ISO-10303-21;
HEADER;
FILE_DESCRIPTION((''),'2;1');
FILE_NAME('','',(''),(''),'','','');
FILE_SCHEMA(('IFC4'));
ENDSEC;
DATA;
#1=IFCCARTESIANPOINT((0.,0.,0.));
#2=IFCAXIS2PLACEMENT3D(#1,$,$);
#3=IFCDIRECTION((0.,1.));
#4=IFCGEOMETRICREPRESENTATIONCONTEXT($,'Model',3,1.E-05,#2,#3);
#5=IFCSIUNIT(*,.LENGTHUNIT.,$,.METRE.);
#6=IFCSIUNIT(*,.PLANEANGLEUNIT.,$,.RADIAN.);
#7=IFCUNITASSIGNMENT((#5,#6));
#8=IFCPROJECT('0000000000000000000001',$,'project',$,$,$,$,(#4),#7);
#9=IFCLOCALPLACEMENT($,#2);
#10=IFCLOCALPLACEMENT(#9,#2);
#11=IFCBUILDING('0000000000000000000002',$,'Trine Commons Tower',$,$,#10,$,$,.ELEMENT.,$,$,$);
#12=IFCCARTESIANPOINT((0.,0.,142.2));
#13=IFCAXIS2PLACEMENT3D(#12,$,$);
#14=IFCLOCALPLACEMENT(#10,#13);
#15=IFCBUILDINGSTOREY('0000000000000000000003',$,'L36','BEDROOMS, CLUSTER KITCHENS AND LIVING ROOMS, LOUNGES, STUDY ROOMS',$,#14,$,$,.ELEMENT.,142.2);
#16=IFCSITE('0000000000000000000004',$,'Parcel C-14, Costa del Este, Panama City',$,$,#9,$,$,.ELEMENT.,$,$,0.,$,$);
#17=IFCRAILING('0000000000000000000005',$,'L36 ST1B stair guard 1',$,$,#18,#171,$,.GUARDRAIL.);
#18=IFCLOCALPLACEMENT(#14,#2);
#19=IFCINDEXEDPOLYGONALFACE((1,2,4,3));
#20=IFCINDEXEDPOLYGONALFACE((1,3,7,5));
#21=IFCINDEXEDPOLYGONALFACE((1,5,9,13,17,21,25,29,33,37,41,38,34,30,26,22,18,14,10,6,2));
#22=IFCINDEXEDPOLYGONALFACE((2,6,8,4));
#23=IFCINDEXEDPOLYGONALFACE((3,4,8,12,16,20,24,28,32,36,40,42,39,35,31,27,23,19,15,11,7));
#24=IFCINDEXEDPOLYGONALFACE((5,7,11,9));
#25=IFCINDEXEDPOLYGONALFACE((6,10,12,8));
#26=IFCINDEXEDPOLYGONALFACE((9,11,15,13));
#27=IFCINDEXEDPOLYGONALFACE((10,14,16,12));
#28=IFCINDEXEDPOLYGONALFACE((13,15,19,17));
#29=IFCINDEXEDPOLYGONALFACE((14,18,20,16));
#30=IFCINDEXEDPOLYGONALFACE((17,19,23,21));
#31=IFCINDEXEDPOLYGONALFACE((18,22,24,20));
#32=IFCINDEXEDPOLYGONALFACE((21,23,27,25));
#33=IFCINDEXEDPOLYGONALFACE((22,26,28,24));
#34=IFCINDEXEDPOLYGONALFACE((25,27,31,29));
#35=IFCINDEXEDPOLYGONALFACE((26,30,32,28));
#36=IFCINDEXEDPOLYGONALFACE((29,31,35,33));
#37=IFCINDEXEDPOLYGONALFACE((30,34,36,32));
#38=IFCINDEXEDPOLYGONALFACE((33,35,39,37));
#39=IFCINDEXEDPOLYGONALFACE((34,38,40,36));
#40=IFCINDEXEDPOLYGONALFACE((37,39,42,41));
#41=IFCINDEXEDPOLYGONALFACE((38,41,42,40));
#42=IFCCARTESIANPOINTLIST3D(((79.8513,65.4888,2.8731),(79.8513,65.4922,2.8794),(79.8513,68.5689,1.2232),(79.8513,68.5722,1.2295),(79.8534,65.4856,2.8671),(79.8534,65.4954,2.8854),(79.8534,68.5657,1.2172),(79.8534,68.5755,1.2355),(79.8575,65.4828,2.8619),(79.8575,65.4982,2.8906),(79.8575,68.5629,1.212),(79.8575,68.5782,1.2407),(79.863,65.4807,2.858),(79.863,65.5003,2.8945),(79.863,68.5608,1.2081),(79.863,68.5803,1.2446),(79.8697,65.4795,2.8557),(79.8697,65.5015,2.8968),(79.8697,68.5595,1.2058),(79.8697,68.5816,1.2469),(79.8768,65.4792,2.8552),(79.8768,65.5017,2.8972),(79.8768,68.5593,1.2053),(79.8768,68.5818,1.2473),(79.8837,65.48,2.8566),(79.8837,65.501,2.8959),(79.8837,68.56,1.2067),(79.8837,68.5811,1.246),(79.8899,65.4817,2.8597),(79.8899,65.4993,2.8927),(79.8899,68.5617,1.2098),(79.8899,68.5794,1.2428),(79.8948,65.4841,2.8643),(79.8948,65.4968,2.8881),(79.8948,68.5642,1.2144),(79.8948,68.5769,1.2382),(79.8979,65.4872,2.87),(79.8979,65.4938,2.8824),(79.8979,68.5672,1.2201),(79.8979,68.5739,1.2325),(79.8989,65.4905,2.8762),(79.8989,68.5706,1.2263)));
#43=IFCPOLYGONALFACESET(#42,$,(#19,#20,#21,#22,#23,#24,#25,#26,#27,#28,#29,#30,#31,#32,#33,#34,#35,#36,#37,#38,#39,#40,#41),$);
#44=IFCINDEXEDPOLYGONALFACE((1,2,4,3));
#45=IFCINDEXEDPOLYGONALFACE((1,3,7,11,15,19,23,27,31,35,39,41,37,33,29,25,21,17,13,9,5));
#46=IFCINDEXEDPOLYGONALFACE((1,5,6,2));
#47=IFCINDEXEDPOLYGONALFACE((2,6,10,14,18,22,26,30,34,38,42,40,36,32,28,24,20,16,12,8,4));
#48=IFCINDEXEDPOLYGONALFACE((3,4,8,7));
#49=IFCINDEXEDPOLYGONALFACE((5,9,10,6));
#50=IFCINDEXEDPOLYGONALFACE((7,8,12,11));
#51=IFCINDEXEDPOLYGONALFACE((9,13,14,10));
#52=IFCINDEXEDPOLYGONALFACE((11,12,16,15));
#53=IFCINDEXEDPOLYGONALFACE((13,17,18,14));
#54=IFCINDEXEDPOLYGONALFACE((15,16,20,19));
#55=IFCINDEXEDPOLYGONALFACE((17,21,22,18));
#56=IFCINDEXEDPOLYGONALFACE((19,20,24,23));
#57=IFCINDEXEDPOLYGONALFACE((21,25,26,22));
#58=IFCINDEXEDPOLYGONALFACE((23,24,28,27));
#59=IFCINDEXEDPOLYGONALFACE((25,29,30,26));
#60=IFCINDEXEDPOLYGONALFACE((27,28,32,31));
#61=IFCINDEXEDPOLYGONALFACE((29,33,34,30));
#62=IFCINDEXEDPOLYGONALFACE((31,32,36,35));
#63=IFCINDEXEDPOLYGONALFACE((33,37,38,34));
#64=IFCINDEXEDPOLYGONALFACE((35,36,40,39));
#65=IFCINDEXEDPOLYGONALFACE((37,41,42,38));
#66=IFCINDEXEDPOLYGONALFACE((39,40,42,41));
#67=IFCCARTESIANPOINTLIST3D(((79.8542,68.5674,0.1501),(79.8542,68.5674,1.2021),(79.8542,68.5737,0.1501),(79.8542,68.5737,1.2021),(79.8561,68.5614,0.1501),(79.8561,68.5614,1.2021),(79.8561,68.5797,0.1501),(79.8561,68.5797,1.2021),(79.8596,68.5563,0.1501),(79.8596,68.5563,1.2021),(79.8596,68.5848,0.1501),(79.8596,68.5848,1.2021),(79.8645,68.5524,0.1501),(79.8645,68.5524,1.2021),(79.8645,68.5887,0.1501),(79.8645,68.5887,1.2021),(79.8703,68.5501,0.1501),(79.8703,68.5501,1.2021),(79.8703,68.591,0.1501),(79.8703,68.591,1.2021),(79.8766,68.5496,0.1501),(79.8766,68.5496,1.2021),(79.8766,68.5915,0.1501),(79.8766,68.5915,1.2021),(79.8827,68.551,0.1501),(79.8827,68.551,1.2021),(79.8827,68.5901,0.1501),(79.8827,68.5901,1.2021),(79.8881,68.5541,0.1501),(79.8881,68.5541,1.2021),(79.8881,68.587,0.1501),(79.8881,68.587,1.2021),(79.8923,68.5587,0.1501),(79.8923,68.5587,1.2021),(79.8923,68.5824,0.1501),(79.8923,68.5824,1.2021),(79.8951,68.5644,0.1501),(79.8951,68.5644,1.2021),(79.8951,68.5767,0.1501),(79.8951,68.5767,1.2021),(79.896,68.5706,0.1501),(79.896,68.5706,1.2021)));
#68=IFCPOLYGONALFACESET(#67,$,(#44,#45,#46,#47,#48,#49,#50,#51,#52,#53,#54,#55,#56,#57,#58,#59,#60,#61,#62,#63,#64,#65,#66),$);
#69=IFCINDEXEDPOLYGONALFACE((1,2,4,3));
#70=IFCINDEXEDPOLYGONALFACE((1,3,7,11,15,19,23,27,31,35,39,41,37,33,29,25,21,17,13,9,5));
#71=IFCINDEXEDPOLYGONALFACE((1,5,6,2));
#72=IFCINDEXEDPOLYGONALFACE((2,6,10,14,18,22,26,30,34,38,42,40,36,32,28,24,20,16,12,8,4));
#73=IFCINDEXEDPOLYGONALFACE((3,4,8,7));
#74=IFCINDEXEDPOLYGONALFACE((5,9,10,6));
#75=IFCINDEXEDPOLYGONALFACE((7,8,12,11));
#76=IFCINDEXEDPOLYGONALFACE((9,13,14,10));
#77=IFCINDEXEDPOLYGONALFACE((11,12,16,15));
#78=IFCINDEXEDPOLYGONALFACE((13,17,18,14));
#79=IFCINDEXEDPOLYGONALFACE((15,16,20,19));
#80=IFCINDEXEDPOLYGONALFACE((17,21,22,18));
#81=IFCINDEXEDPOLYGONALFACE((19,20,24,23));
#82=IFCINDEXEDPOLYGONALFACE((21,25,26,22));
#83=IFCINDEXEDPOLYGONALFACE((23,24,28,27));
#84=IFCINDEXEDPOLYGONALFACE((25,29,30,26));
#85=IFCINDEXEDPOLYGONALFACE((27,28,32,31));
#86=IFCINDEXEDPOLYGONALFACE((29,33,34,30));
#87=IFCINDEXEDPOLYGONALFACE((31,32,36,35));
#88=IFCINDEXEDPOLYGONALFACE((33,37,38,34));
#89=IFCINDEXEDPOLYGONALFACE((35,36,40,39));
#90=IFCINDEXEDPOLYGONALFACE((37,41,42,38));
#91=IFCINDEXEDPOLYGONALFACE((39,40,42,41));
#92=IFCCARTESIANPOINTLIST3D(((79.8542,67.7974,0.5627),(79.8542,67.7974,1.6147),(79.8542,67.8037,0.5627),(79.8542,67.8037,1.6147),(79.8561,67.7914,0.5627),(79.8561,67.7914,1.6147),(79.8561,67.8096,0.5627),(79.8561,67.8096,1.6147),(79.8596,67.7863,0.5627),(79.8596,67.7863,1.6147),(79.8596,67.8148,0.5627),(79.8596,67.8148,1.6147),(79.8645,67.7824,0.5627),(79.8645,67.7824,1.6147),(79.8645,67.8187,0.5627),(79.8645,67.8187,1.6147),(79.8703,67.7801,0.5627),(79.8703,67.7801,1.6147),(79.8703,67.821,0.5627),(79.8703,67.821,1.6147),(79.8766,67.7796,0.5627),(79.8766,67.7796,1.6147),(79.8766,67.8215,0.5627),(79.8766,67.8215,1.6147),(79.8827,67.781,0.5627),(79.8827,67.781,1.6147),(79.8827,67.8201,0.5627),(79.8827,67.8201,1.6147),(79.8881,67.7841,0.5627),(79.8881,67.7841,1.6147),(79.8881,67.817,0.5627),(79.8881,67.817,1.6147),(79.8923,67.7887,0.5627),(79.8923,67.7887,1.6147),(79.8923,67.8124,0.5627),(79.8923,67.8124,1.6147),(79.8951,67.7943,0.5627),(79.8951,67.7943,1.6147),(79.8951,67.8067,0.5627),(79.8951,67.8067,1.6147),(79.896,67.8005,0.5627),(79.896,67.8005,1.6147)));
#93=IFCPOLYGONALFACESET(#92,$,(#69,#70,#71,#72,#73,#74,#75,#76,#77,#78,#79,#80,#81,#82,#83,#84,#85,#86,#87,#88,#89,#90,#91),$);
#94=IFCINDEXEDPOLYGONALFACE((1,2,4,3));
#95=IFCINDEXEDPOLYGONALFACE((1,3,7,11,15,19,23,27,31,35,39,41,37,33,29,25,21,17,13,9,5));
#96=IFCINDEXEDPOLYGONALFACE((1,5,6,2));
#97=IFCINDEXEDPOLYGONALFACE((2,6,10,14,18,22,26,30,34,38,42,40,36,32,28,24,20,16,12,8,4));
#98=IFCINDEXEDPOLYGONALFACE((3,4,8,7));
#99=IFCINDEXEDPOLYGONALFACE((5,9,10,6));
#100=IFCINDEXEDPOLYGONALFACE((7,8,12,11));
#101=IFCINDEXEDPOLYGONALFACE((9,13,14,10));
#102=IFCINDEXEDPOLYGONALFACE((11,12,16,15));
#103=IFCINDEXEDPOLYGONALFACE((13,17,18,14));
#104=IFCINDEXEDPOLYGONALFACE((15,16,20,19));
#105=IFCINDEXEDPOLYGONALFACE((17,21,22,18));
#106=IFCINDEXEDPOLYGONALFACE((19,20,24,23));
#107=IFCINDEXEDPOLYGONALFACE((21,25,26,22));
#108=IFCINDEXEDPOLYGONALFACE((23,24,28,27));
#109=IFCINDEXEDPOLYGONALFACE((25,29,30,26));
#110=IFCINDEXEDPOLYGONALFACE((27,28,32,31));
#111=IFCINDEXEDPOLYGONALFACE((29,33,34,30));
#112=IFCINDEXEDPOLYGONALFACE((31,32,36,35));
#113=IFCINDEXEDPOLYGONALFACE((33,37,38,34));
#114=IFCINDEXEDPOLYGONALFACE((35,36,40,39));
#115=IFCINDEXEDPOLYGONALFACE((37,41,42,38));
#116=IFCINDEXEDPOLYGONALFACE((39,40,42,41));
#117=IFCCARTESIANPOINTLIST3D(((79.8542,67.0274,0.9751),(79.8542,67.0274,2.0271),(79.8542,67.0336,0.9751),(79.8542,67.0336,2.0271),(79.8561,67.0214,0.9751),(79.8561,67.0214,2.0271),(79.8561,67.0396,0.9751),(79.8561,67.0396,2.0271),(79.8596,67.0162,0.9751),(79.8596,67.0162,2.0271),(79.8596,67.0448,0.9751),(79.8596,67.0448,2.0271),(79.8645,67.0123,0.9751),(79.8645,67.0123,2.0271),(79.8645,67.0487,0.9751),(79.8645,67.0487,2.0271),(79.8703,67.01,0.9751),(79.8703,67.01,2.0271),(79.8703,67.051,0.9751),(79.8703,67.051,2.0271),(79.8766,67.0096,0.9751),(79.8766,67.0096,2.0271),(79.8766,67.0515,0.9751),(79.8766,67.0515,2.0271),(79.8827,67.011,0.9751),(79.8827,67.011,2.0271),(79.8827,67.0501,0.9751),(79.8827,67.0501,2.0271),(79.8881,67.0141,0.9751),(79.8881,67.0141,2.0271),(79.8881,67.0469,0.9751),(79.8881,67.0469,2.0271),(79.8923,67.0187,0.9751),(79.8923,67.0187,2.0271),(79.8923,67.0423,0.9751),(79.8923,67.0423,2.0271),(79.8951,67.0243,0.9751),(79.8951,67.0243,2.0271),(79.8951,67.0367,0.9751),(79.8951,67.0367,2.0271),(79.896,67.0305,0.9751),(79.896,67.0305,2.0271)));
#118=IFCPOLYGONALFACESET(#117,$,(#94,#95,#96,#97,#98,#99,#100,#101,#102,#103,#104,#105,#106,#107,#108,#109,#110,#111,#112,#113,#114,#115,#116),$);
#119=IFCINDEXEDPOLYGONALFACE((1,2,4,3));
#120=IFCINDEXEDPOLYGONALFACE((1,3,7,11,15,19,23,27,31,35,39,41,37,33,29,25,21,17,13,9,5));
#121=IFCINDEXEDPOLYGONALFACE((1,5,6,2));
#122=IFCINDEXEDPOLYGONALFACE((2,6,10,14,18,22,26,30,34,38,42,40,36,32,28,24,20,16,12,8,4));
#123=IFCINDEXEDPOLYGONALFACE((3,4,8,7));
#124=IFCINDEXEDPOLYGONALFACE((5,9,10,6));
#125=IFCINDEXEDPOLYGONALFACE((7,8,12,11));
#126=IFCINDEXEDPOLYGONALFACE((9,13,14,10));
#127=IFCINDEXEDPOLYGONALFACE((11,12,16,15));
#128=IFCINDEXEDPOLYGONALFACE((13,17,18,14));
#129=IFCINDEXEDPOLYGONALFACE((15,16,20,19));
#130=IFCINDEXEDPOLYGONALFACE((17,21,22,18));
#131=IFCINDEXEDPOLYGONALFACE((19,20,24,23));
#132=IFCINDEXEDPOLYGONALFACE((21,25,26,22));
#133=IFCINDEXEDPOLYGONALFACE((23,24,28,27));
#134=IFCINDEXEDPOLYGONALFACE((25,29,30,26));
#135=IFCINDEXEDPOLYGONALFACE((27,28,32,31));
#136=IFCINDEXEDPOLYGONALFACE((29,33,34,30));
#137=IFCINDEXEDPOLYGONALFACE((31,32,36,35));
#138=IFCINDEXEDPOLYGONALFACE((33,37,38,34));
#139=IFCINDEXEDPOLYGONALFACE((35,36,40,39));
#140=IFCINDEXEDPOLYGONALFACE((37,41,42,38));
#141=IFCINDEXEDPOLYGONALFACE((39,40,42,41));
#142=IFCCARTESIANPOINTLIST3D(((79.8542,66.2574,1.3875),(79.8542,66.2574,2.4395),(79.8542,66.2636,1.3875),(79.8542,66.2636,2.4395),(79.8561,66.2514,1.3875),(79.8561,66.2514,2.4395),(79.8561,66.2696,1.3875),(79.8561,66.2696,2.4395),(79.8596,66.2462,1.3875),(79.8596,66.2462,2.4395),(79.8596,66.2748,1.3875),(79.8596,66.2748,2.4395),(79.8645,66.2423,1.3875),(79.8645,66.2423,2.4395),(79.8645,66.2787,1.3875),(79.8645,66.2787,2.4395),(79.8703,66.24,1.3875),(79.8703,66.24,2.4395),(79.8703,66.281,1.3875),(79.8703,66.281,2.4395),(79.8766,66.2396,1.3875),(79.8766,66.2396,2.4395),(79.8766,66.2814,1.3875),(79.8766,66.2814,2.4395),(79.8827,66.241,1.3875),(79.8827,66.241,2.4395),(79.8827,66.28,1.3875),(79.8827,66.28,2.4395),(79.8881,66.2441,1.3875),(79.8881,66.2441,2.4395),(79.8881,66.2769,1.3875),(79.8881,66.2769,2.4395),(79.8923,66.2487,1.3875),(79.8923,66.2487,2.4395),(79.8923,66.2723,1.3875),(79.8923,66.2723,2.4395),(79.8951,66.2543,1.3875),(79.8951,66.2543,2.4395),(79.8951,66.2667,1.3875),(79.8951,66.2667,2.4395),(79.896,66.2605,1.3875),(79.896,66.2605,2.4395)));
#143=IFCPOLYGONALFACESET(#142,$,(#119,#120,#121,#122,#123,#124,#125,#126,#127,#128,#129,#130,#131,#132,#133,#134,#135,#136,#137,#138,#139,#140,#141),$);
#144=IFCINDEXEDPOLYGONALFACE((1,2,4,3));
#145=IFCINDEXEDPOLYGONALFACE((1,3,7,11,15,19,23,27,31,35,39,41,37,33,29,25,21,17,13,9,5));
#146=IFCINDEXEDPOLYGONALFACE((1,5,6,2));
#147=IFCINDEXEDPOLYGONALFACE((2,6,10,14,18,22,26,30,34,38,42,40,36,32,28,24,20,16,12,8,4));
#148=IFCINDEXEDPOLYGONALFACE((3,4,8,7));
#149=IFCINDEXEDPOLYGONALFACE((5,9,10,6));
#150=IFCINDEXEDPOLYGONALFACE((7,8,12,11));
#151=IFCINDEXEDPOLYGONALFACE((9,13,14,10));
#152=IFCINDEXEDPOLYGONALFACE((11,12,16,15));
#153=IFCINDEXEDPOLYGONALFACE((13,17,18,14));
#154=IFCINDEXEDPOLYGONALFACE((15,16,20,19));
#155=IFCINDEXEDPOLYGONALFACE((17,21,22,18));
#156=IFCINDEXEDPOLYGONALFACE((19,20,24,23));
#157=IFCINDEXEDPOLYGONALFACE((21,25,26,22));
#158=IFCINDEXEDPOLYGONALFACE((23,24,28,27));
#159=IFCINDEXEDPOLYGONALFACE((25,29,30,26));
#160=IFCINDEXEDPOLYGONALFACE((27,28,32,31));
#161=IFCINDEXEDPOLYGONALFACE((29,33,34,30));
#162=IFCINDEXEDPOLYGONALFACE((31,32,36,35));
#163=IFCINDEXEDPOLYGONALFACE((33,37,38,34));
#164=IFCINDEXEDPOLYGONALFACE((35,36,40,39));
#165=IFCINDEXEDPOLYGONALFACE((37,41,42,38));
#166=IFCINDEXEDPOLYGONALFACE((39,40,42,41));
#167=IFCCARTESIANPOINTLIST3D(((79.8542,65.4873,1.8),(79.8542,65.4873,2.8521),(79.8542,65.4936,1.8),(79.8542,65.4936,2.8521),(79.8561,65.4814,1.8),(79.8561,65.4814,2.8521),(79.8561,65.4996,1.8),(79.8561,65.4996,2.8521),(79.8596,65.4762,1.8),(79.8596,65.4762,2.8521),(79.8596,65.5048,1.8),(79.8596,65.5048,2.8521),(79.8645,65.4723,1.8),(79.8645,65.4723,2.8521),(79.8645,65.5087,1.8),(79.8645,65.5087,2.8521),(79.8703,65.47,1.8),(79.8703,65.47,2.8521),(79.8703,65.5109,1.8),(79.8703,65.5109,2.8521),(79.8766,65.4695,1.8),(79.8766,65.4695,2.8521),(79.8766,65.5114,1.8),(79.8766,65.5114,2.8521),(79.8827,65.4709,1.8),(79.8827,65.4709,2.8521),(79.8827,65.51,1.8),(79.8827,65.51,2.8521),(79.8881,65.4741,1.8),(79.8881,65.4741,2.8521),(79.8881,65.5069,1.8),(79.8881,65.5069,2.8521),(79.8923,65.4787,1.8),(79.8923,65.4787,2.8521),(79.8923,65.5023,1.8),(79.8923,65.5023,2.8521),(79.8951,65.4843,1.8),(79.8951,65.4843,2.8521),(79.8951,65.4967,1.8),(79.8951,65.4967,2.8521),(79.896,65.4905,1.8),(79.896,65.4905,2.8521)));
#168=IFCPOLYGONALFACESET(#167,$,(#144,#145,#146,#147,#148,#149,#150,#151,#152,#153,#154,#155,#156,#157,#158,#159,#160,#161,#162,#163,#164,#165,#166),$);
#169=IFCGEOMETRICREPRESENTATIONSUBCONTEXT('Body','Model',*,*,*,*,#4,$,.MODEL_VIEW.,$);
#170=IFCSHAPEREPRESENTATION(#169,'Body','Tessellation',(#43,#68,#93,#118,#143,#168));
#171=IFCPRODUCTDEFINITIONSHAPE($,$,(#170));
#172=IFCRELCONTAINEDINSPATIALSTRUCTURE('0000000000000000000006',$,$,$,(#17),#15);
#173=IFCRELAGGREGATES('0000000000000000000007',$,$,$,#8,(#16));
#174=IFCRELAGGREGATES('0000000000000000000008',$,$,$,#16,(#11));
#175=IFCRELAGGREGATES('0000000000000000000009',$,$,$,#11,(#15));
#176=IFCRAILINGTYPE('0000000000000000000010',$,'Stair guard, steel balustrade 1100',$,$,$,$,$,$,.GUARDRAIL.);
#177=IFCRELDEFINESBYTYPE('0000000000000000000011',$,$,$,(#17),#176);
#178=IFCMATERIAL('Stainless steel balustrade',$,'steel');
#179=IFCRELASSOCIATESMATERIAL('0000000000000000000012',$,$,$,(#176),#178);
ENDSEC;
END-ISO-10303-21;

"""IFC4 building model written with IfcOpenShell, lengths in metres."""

from ifc_helpers import new_model, si_unit, direction, frame, origin, origin_2d, place, context, subcontext, project, spatial, circle, extrude, material, type_object, element, save


model = new_model("IFC4")

# Units and contexts
model_context = context("Model", 3, precision=1e-05, world=origin(), true_north=direction((0.0, 1.0)))
body_context = subcontext(model_context, "Body", "Model", "MODEL_VIEW")
ifc_project = project(units=[si_unit("LENGTHUNIT", "METRE"), si_unit("PLANEANGLEUNIT", "RADIAN")], contexts=[model_context])

# Site, building, storey
site_placement = place(None, origin())
site = spatial("IfcSite", under=ifc_project, at=site_placement, Name="Parcel C-14, Costa del Este, Panama City", CompositionType="ELEMENT", RefElevation=0.0)
building_placement = place(site_placement, origin())
building = spatial("IfcBuilding", under=site, at=building_placement, Name="Trine Commons Tower", CompositionType="ELEMENT")
storey_placement = place(building_placement, frame((0.0, 0.0, 142.2)))
storey = spatial("IfcBuildingStorey", under=building, at=storey_placement, Name="L36", Description="BEDROOMS, CLUSTER KITCHENS AND LIVING ROOMS, LOUNGES, STUDY ROOMS", CompositionType="ELEMENT", Elevation=142.2)

# Railing
ifc_material_1 = material(Name="Stainless steel balustrade", Category="steel")
railing_type_1 = type_object("IfcRailingType", Name="Stair guard, steel balustrade 1100", PredefinedType="GUARDRAIL", material=ifc_material_1)
railing_1_placement = place(storey_placement, frame((79.875, 68.5706, 0.1501)))
element("IfcRailing", 1, at=railing_1_placement, inside=storey, type_object=railing_type_1, Name="L36 ST1B stair guard 1", PredefinedType="GUARDRAIL", context=body_context, shape_type="SweptSolid", body=[
    extrude(circle(Radius=0.0239, at=origin_2d()), frame((0.0, 0.0, 1.0762), z_axis=(0.0, -0.881497, 0.47219), x_axis=(1.0, 0.0, 0.0)), (0.0, 0.0, 1.0), 3.4941),
    extrude(circle(Radius=0.021, at=origin_2d()), origin(), (0.0, 0.0, 1.0), 1.052),
    extrude(circle(Radius=0.021, at=origin_2d()), frame((0.0, -0.77, 0.4126)), (0.0, 0.0, 1.0), 1.052),
    extrude(circle(Radius=0.021, at=origin_2d()), frame((0.0, -1.54, 0.825)), (0.0, 0.0, 1.0), 1.052),
    extrude(circle(Radius=0.021, at=origin_2d()), frame((0.0, -2.3101, 1.2373)), (0.0, 0.0, 1.0), 1.052),
    extrude(circle(Radius=0.021, at=origin_2d()), frame((0.0, -3.0801, 1.6499)), (0.0, 0.0, 1.0), 1.052),
])

save(model, "model.ifc")
